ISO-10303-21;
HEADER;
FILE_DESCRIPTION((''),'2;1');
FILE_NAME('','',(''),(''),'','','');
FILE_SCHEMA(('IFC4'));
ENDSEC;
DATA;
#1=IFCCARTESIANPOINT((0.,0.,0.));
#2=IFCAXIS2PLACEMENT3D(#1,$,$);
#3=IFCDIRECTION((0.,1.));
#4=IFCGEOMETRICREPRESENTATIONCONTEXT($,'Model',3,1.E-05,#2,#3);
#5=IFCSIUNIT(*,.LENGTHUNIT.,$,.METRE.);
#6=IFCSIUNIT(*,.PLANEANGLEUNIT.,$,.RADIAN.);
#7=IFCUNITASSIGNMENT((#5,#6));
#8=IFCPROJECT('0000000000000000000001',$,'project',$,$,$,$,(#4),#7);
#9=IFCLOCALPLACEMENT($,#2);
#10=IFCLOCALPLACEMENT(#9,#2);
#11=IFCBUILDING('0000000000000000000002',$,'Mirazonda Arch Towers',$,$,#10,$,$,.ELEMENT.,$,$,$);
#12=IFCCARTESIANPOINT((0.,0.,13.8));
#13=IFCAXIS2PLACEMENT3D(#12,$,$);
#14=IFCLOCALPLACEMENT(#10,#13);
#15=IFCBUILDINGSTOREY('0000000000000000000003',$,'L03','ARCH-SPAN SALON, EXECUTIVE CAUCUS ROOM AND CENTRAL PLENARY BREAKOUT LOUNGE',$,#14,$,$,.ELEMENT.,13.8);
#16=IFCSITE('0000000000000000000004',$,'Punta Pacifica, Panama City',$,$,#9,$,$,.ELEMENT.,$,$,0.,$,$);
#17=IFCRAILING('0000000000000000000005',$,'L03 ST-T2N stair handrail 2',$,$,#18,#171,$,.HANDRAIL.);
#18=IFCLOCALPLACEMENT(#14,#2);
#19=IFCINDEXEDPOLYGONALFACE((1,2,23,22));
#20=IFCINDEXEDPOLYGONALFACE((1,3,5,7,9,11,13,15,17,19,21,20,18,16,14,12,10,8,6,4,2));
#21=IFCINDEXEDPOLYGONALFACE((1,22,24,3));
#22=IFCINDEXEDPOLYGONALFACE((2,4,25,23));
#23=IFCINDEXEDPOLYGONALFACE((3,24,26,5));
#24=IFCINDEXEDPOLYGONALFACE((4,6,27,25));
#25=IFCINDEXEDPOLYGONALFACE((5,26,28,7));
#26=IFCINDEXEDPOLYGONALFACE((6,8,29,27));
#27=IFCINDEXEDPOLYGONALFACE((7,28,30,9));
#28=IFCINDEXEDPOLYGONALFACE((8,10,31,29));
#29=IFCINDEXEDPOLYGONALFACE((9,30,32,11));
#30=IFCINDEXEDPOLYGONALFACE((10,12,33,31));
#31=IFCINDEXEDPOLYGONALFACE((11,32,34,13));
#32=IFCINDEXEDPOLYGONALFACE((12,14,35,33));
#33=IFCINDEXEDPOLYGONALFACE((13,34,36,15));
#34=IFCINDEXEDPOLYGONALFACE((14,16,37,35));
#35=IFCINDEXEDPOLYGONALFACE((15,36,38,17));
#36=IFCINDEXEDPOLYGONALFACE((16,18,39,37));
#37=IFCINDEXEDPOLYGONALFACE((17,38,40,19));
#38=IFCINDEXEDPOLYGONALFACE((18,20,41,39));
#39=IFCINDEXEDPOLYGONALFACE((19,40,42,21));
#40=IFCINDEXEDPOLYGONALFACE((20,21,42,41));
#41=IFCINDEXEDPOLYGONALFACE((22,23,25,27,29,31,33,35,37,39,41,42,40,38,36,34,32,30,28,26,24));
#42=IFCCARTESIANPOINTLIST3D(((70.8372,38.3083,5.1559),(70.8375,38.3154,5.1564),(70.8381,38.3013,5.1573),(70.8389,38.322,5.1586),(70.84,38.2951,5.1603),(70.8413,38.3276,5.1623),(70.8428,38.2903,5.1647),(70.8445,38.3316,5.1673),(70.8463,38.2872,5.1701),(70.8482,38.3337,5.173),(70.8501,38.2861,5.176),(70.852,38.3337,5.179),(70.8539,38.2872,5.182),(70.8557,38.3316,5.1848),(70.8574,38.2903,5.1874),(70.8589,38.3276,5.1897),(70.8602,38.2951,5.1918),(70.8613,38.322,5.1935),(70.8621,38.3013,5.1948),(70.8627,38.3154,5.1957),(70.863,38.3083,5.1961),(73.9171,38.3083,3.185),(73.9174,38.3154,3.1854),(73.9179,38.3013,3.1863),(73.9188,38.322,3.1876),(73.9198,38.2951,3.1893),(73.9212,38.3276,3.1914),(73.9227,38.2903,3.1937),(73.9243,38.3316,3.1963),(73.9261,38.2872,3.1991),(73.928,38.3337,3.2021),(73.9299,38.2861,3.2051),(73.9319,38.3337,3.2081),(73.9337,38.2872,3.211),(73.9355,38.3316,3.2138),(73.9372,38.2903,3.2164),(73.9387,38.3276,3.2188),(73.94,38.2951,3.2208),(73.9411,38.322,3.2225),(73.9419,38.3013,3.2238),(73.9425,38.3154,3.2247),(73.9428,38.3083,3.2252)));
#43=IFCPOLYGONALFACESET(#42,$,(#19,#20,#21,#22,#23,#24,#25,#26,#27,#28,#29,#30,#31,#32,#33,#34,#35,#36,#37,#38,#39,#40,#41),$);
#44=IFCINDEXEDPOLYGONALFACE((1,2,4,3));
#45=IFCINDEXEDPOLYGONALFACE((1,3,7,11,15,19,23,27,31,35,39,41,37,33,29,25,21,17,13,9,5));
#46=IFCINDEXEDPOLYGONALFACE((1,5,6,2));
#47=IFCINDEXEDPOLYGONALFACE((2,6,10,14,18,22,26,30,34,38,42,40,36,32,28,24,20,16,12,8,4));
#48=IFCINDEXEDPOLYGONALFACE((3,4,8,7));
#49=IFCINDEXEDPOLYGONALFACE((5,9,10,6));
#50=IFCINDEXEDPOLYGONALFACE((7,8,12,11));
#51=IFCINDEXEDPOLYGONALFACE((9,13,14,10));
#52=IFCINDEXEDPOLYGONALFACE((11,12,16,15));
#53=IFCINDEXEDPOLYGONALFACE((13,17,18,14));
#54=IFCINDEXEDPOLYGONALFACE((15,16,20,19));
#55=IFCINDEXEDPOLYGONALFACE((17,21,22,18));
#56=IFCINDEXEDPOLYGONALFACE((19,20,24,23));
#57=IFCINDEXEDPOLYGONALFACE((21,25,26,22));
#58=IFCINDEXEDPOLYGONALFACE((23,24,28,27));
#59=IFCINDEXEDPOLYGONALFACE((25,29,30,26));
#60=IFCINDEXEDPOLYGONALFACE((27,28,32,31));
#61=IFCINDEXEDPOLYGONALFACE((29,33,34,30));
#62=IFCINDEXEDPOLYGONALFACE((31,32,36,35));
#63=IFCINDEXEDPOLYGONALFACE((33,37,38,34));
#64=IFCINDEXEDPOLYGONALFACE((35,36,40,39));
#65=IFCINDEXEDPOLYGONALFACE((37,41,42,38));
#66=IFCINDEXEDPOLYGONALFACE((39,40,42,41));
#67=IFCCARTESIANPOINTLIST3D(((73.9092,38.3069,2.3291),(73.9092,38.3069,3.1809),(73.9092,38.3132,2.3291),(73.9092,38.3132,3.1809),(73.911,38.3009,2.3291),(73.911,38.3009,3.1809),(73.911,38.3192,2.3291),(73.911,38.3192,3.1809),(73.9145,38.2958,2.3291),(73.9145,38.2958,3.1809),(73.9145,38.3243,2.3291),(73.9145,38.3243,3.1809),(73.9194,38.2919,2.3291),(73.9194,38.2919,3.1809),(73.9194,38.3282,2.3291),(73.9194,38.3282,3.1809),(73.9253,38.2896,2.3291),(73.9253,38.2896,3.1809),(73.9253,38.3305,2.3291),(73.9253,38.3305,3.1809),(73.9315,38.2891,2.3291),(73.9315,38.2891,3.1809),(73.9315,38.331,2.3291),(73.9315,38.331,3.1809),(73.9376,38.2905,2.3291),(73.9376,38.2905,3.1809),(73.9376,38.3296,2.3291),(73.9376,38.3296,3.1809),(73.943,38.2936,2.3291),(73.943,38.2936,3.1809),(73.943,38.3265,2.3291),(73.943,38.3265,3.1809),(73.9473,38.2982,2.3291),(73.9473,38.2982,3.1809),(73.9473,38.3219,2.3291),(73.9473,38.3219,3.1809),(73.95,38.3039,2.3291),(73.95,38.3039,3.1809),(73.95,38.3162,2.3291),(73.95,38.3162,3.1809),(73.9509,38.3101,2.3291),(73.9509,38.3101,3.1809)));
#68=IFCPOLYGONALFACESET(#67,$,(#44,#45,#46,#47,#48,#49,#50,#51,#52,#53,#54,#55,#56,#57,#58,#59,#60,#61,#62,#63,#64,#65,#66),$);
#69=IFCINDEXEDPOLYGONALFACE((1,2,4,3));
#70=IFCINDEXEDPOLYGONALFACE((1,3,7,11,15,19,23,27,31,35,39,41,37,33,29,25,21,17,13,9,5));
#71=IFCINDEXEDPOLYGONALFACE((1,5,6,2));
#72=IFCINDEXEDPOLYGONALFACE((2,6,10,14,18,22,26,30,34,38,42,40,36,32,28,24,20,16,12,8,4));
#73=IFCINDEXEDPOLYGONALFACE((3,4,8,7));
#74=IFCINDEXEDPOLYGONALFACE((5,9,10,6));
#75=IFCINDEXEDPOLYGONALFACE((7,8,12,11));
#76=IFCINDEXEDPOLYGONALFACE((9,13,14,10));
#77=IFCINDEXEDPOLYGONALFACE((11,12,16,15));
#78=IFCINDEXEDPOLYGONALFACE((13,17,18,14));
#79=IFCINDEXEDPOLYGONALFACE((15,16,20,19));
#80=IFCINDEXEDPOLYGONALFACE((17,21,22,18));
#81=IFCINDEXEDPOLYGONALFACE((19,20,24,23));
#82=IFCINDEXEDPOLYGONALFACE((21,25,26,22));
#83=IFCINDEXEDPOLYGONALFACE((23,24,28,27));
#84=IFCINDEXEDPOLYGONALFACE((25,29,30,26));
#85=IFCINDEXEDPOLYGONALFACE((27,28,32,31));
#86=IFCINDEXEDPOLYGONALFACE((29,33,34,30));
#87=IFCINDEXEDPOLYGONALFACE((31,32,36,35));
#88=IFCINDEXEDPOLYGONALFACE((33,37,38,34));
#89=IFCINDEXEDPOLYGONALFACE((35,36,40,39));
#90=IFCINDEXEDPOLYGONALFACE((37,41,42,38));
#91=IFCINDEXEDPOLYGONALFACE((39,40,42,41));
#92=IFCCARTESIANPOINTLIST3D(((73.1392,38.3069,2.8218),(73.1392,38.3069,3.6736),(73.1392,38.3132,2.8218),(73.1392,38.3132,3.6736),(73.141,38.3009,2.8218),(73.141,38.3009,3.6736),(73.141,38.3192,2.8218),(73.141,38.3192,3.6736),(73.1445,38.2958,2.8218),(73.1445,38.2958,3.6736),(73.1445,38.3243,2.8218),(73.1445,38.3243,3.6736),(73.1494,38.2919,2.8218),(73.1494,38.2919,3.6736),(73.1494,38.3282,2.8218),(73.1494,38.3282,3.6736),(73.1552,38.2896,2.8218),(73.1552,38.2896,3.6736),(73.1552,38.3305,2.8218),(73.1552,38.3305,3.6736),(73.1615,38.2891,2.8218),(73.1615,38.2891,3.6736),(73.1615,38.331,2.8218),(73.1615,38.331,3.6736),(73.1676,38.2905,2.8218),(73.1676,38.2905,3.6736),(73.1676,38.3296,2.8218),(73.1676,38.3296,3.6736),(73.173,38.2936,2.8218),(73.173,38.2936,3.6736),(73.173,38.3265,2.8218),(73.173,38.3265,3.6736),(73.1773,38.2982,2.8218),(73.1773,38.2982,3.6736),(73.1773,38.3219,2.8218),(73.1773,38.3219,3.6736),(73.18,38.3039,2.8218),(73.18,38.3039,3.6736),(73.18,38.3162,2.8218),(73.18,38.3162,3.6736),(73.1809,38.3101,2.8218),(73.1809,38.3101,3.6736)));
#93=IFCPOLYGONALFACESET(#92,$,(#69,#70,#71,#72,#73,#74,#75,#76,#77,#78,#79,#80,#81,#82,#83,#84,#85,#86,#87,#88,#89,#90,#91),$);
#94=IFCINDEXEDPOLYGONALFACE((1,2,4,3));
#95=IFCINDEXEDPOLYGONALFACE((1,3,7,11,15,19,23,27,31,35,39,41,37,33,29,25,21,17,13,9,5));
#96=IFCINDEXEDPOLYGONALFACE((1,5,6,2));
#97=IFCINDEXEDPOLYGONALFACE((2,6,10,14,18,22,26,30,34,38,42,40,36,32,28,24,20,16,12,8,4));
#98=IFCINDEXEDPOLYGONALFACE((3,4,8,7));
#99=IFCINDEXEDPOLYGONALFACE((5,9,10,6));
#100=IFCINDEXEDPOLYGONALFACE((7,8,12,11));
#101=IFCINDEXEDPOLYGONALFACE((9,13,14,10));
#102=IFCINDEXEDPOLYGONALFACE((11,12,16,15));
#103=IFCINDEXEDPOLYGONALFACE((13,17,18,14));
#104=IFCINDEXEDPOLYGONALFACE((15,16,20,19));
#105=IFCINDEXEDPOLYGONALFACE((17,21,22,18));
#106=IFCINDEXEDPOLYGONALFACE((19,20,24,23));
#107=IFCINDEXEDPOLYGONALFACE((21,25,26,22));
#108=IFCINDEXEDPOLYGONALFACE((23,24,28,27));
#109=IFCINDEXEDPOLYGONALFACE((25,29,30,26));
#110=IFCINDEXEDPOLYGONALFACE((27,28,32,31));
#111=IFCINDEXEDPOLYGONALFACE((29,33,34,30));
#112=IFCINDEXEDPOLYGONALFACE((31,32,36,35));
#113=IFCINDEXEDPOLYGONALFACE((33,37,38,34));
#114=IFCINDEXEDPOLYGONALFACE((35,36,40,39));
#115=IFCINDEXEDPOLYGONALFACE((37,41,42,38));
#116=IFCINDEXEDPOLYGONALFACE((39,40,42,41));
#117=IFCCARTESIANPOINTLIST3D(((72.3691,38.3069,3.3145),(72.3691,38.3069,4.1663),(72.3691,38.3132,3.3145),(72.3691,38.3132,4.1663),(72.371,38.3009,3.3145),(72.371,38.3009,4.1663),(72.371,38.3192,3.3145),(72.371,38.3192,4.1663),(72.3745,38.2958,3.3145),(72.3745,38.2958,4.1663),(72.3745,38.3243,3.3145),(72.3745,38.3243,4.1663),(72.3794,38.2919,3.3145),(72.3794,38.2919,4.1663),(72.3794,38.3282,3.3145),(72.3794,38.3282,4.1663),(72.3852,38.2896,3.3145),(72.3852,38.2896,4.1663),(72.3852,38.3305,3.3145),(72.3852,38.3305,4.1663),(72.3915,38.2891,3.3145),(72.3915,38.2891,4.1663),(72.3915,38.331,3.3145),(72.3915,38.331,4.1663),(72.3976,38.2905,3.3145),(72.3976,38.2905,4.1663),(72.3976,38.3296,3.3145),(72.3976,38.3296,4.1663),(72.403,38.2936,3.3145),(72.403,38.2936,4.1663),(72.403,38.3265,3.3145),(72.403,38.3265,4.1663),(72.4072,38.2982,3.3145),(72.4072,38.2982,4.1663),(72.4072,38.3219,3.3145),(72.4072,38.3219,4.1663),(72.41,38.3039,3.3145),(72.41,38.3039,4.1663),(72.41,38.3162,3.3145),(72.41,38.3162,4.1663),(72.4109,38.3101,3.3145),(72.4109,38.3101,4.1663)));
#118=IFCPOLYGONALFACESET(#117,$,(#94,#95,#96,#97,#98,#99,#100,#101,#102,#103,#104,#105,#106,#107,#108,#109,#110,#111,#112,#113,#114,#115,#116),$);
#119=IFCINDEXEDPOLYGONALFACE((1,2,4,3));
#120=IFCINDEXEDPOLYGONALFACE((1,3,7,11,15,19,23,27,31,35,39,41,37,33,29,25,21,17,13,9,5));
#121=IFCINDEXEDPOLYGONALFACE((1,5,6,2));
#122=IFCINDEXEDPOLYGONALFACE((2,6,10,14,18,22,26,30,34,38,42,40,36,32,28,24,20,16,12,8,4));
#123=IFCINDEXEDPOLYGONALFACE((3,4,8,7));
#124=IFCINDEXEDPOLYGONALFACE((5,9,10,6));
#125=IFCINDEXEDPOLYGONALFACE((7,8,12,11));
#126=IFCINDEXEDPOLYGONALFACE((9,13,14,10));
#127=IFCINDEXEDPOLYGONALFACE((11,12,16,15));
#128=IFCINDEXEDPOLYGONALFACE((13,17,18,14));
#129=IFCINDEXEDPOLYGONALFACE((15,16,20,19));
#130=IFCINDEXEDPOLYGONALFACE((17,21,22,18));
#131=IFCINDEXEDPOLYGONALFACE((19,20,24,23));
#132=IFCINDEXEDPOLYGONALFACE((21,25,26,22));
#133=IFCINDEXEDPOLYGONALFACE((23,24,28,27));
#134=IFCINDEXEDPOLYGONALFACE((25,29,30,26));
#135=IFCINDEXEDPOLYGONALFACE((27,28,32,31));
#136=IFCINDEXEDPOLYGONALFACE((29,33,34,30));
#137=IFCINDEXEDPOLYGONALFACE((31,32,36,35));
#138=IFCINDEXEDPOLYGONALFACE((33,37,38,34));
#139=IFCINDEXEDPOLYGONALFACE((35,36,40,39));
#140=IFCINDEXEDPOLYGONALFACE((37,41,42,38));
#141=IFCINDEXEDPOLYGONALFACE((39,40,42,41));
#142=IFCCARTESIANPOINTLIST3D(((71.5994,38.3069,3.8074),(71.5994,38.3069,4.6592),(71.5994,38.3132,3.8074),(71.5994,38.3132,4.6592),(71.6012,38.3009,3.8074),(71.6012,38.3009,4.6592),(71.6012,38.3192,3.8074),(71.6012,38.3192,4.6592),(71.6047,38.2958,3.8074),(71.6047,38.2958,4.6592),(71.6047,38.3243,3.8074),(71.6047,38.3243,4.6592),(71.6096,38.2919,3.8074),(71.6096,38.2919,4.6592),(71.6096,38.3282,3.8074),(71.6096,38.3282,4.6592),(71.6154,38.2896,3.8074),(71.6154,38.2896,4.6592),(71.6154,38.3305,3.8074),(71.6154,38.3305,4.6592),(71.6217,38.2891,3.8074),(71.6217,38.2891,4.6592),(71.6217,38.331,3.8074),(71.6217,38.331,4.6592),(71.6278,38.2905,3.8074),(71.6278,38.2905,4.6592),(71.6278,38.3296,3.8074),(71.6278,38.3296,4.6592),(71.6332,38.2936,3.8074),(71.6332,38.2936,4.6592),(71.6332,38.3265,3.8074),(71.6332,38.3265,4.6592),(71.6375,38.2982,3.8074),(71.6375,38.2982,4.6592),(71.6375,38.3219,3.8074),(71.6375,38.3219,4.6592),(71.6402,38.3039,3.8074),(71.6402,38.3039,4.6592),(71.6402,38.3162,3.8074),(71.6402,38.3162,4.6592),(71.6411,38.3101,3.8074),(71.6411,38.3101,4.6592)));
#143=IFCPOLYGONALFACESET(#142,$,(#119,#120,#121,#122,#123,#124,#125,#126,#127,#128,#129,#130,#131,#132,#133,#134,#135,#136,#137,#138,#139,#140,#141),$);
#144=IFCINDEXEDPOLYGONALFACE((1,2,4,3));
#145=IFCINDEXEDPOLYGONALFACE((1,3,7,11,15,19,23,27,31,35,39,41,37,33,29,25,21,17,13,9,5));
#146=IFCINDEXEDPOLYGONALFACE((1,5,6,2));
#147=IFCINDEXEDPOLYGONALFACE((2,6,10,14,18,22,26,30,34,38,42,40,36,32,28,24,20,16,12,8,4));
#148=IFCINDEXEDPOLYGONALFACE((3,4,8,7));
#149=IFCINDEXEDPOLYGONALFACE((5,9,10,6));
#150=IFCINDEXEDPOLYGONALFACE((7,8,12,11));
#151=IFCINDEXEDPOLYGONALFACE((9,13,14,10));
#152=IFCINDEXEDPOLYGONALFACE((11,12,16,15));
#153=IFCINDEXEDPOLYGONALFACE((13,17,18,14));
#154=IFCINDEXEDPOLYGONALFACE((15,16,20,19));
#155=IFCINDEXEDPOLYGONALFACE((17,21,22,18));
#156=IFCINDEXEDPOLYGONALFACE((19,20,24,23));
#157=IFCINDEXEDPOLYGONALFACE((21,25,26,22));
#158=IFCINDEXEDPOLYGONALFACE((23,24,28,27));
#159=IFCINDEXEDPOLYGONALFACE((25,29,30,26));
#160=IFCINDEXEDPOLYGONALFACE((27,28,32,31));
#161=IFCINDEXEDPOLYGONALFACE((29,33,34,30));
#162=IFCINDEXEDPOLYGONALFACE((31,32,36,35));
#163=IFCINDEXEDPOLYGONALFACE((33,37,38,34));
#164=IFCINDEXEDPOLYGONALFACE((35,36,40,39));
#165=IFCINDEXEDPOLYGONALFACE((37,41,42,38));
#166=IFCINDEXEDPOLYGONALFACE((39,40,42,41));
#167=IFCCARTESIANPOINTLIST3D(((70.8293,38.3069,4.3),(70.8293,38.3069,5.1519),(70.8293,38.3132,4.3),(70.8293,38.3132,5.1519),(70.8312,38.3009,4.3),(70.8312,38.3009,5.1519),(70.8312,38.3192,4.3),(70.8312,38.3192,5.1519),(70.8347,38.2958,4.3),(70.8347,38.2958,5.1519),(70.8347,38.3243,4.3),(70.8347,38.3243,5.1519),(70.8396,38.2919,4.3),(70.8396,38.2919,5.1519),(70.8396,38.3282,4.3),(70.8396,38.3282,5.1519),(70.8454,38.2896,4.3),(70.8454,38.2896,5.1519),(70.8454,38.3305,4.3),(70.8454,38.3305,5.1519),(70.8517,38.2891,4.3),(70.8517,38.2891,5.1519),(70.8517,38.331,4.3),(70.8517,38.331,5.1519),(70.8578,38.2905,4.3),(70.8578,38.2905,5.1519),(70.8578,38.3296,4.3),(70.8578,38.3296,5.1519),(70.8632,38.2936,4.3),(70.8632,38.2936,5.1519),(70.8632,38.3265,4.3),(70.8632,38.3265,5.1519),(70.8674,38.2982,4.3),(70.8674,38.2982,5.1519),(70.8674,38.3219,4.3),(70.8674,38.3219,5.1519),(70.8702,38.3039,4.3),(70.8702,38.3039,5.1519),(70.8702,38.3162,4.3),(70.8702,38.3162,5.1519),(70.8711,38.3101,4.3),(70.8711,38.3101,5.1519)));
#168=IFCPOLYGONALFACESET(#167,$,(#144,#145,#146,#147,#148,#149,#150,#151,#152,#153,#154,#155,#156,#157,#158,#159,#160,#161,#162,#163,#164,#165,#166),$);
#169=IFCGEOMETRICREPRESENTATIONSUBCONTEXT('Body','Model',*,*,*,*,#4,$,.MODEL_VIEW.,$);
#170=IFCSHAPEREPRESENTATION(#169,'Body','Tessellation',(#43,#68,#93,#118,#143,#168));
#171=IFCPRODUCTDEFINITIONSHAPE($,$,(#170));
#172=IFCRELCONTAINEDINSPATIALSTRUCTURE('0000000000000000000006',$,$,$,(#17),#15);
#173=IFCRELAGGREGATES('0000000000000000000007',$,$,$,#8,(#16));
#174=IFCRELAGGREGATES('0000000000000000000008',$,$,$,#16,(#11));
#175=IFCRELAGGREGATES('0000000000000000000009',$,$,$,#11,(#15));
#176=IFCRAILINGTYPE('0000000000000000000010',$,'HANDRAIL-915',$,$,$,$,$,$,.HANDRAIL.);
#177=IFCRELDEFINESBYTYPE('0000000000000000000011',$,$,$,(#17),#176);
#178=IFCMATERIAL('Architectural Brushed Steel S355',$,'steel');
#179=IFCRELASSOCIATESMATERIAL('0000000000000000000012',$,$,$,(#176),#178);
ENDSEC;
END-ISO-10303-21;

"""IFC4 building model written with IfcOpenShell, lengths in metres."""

from ifc_helpers import new_model, si_unit, direction, frame, origin, origin_2d, place, context, subcontext, project, spatial, circle, extrude, material, type_object, element, save


model = new_model("IFC4")

# Units and contexts
model_context = context("Model", 3, precision=1e-05, world=origin(), true_north=direction((0.0, 1.0)))
body_context = subcontext(model_context, "Body", "Model", "MODEL_VIEW")
ifc_project = project(units=[si_unit("LENGTHUNIT", "METRE"), si_unit("PLANEANGLEUNIT", "RADIAN")], contexts=[model_context])

# Site, building, storey
site_placement = place(None, origin())
site = spatial("IfcSite", under=ifc_project, at=site_placement, Name="Punta Pacifica, Panama City", CompositionType="ELEMENT", RefElevation=0.0)
building_placement = place(site_placement, origin())
building = spatial("IfcBuilding", under=site, at=building_placement, Name="Mirazonda Arch Towers", CompositionType="ELEMENT")
storey_placement = place(building_placement, frame((0.0, 0.0, 13.8)))
storey = spatial("IfcBuildingStorey", under=building, at=storey_placement, Name="L03", Description="ARCH-SPAN SALON, EXECUTIVE CAUCUS ROOM AND CENTRAL PLENARY BREAKOUT LOUNGE", CompositionType="ELEMENT", Elevation=13.8)

# Railing
ifc_material_1 = material(Name="Architectural Brushed Steel S355", Category="steel")
railing_type_1 = type_object("IfcRailingType", Name="HANDRAIL-915", PredefinedType="HANDRAIL", material=ifc_material_1)
railing_1_placement = place(storey_placement, frame((73.9299, 38.3101, 2.3291)))
element("IfcRailing", 1, at=railing_1_placement, inside=storey, type_object=railing_type_1, Name="L03 ST-T2N stair handrail 2", PredefinedType="HANDRAIL", context=body_context, shape_type="SweptSolid", body=[
    extrude(circle(Radius=0.0239, at=origin_2d()), frame((0.0, 0.0, 0.876), z_axis=(-0.84229, 0.0, 0.539025), x_axis=(0.0, -1.0, 0.0)), (0.0, 0.0, 1.0), 3.6565),
    extrude(circle(Radius=0.021, at=origin_2d()), origin(), (0.0, 0.0, 1.0), 0.8518),
    extrude(circle(Radius=0.021, at=origin_2d()), frame((-0.77, 0.0, 0.4927)), (0.0, 0.0, 1.0), 0.8518),
    extrude(circle(Radius=0.021, at=origin_2d()), frame((-1.54, 0.0, 0.9854)), (0.0, 0.0, 1.0), 0.8518),
    extrude(circle(Radius=0.021, at=origin_2d()), frame((-2.3098, 0.0, 1.4783)), (0.0, 0.0, 1.0), 0.8518),
    extrude(circle(Radius=0.021, at=origin_2d()), frame((-3.0798, 0.0, 1.9709)), (0.0, 0.0, 1.0), 0.8518),
])

save(model, "model.ifc")
